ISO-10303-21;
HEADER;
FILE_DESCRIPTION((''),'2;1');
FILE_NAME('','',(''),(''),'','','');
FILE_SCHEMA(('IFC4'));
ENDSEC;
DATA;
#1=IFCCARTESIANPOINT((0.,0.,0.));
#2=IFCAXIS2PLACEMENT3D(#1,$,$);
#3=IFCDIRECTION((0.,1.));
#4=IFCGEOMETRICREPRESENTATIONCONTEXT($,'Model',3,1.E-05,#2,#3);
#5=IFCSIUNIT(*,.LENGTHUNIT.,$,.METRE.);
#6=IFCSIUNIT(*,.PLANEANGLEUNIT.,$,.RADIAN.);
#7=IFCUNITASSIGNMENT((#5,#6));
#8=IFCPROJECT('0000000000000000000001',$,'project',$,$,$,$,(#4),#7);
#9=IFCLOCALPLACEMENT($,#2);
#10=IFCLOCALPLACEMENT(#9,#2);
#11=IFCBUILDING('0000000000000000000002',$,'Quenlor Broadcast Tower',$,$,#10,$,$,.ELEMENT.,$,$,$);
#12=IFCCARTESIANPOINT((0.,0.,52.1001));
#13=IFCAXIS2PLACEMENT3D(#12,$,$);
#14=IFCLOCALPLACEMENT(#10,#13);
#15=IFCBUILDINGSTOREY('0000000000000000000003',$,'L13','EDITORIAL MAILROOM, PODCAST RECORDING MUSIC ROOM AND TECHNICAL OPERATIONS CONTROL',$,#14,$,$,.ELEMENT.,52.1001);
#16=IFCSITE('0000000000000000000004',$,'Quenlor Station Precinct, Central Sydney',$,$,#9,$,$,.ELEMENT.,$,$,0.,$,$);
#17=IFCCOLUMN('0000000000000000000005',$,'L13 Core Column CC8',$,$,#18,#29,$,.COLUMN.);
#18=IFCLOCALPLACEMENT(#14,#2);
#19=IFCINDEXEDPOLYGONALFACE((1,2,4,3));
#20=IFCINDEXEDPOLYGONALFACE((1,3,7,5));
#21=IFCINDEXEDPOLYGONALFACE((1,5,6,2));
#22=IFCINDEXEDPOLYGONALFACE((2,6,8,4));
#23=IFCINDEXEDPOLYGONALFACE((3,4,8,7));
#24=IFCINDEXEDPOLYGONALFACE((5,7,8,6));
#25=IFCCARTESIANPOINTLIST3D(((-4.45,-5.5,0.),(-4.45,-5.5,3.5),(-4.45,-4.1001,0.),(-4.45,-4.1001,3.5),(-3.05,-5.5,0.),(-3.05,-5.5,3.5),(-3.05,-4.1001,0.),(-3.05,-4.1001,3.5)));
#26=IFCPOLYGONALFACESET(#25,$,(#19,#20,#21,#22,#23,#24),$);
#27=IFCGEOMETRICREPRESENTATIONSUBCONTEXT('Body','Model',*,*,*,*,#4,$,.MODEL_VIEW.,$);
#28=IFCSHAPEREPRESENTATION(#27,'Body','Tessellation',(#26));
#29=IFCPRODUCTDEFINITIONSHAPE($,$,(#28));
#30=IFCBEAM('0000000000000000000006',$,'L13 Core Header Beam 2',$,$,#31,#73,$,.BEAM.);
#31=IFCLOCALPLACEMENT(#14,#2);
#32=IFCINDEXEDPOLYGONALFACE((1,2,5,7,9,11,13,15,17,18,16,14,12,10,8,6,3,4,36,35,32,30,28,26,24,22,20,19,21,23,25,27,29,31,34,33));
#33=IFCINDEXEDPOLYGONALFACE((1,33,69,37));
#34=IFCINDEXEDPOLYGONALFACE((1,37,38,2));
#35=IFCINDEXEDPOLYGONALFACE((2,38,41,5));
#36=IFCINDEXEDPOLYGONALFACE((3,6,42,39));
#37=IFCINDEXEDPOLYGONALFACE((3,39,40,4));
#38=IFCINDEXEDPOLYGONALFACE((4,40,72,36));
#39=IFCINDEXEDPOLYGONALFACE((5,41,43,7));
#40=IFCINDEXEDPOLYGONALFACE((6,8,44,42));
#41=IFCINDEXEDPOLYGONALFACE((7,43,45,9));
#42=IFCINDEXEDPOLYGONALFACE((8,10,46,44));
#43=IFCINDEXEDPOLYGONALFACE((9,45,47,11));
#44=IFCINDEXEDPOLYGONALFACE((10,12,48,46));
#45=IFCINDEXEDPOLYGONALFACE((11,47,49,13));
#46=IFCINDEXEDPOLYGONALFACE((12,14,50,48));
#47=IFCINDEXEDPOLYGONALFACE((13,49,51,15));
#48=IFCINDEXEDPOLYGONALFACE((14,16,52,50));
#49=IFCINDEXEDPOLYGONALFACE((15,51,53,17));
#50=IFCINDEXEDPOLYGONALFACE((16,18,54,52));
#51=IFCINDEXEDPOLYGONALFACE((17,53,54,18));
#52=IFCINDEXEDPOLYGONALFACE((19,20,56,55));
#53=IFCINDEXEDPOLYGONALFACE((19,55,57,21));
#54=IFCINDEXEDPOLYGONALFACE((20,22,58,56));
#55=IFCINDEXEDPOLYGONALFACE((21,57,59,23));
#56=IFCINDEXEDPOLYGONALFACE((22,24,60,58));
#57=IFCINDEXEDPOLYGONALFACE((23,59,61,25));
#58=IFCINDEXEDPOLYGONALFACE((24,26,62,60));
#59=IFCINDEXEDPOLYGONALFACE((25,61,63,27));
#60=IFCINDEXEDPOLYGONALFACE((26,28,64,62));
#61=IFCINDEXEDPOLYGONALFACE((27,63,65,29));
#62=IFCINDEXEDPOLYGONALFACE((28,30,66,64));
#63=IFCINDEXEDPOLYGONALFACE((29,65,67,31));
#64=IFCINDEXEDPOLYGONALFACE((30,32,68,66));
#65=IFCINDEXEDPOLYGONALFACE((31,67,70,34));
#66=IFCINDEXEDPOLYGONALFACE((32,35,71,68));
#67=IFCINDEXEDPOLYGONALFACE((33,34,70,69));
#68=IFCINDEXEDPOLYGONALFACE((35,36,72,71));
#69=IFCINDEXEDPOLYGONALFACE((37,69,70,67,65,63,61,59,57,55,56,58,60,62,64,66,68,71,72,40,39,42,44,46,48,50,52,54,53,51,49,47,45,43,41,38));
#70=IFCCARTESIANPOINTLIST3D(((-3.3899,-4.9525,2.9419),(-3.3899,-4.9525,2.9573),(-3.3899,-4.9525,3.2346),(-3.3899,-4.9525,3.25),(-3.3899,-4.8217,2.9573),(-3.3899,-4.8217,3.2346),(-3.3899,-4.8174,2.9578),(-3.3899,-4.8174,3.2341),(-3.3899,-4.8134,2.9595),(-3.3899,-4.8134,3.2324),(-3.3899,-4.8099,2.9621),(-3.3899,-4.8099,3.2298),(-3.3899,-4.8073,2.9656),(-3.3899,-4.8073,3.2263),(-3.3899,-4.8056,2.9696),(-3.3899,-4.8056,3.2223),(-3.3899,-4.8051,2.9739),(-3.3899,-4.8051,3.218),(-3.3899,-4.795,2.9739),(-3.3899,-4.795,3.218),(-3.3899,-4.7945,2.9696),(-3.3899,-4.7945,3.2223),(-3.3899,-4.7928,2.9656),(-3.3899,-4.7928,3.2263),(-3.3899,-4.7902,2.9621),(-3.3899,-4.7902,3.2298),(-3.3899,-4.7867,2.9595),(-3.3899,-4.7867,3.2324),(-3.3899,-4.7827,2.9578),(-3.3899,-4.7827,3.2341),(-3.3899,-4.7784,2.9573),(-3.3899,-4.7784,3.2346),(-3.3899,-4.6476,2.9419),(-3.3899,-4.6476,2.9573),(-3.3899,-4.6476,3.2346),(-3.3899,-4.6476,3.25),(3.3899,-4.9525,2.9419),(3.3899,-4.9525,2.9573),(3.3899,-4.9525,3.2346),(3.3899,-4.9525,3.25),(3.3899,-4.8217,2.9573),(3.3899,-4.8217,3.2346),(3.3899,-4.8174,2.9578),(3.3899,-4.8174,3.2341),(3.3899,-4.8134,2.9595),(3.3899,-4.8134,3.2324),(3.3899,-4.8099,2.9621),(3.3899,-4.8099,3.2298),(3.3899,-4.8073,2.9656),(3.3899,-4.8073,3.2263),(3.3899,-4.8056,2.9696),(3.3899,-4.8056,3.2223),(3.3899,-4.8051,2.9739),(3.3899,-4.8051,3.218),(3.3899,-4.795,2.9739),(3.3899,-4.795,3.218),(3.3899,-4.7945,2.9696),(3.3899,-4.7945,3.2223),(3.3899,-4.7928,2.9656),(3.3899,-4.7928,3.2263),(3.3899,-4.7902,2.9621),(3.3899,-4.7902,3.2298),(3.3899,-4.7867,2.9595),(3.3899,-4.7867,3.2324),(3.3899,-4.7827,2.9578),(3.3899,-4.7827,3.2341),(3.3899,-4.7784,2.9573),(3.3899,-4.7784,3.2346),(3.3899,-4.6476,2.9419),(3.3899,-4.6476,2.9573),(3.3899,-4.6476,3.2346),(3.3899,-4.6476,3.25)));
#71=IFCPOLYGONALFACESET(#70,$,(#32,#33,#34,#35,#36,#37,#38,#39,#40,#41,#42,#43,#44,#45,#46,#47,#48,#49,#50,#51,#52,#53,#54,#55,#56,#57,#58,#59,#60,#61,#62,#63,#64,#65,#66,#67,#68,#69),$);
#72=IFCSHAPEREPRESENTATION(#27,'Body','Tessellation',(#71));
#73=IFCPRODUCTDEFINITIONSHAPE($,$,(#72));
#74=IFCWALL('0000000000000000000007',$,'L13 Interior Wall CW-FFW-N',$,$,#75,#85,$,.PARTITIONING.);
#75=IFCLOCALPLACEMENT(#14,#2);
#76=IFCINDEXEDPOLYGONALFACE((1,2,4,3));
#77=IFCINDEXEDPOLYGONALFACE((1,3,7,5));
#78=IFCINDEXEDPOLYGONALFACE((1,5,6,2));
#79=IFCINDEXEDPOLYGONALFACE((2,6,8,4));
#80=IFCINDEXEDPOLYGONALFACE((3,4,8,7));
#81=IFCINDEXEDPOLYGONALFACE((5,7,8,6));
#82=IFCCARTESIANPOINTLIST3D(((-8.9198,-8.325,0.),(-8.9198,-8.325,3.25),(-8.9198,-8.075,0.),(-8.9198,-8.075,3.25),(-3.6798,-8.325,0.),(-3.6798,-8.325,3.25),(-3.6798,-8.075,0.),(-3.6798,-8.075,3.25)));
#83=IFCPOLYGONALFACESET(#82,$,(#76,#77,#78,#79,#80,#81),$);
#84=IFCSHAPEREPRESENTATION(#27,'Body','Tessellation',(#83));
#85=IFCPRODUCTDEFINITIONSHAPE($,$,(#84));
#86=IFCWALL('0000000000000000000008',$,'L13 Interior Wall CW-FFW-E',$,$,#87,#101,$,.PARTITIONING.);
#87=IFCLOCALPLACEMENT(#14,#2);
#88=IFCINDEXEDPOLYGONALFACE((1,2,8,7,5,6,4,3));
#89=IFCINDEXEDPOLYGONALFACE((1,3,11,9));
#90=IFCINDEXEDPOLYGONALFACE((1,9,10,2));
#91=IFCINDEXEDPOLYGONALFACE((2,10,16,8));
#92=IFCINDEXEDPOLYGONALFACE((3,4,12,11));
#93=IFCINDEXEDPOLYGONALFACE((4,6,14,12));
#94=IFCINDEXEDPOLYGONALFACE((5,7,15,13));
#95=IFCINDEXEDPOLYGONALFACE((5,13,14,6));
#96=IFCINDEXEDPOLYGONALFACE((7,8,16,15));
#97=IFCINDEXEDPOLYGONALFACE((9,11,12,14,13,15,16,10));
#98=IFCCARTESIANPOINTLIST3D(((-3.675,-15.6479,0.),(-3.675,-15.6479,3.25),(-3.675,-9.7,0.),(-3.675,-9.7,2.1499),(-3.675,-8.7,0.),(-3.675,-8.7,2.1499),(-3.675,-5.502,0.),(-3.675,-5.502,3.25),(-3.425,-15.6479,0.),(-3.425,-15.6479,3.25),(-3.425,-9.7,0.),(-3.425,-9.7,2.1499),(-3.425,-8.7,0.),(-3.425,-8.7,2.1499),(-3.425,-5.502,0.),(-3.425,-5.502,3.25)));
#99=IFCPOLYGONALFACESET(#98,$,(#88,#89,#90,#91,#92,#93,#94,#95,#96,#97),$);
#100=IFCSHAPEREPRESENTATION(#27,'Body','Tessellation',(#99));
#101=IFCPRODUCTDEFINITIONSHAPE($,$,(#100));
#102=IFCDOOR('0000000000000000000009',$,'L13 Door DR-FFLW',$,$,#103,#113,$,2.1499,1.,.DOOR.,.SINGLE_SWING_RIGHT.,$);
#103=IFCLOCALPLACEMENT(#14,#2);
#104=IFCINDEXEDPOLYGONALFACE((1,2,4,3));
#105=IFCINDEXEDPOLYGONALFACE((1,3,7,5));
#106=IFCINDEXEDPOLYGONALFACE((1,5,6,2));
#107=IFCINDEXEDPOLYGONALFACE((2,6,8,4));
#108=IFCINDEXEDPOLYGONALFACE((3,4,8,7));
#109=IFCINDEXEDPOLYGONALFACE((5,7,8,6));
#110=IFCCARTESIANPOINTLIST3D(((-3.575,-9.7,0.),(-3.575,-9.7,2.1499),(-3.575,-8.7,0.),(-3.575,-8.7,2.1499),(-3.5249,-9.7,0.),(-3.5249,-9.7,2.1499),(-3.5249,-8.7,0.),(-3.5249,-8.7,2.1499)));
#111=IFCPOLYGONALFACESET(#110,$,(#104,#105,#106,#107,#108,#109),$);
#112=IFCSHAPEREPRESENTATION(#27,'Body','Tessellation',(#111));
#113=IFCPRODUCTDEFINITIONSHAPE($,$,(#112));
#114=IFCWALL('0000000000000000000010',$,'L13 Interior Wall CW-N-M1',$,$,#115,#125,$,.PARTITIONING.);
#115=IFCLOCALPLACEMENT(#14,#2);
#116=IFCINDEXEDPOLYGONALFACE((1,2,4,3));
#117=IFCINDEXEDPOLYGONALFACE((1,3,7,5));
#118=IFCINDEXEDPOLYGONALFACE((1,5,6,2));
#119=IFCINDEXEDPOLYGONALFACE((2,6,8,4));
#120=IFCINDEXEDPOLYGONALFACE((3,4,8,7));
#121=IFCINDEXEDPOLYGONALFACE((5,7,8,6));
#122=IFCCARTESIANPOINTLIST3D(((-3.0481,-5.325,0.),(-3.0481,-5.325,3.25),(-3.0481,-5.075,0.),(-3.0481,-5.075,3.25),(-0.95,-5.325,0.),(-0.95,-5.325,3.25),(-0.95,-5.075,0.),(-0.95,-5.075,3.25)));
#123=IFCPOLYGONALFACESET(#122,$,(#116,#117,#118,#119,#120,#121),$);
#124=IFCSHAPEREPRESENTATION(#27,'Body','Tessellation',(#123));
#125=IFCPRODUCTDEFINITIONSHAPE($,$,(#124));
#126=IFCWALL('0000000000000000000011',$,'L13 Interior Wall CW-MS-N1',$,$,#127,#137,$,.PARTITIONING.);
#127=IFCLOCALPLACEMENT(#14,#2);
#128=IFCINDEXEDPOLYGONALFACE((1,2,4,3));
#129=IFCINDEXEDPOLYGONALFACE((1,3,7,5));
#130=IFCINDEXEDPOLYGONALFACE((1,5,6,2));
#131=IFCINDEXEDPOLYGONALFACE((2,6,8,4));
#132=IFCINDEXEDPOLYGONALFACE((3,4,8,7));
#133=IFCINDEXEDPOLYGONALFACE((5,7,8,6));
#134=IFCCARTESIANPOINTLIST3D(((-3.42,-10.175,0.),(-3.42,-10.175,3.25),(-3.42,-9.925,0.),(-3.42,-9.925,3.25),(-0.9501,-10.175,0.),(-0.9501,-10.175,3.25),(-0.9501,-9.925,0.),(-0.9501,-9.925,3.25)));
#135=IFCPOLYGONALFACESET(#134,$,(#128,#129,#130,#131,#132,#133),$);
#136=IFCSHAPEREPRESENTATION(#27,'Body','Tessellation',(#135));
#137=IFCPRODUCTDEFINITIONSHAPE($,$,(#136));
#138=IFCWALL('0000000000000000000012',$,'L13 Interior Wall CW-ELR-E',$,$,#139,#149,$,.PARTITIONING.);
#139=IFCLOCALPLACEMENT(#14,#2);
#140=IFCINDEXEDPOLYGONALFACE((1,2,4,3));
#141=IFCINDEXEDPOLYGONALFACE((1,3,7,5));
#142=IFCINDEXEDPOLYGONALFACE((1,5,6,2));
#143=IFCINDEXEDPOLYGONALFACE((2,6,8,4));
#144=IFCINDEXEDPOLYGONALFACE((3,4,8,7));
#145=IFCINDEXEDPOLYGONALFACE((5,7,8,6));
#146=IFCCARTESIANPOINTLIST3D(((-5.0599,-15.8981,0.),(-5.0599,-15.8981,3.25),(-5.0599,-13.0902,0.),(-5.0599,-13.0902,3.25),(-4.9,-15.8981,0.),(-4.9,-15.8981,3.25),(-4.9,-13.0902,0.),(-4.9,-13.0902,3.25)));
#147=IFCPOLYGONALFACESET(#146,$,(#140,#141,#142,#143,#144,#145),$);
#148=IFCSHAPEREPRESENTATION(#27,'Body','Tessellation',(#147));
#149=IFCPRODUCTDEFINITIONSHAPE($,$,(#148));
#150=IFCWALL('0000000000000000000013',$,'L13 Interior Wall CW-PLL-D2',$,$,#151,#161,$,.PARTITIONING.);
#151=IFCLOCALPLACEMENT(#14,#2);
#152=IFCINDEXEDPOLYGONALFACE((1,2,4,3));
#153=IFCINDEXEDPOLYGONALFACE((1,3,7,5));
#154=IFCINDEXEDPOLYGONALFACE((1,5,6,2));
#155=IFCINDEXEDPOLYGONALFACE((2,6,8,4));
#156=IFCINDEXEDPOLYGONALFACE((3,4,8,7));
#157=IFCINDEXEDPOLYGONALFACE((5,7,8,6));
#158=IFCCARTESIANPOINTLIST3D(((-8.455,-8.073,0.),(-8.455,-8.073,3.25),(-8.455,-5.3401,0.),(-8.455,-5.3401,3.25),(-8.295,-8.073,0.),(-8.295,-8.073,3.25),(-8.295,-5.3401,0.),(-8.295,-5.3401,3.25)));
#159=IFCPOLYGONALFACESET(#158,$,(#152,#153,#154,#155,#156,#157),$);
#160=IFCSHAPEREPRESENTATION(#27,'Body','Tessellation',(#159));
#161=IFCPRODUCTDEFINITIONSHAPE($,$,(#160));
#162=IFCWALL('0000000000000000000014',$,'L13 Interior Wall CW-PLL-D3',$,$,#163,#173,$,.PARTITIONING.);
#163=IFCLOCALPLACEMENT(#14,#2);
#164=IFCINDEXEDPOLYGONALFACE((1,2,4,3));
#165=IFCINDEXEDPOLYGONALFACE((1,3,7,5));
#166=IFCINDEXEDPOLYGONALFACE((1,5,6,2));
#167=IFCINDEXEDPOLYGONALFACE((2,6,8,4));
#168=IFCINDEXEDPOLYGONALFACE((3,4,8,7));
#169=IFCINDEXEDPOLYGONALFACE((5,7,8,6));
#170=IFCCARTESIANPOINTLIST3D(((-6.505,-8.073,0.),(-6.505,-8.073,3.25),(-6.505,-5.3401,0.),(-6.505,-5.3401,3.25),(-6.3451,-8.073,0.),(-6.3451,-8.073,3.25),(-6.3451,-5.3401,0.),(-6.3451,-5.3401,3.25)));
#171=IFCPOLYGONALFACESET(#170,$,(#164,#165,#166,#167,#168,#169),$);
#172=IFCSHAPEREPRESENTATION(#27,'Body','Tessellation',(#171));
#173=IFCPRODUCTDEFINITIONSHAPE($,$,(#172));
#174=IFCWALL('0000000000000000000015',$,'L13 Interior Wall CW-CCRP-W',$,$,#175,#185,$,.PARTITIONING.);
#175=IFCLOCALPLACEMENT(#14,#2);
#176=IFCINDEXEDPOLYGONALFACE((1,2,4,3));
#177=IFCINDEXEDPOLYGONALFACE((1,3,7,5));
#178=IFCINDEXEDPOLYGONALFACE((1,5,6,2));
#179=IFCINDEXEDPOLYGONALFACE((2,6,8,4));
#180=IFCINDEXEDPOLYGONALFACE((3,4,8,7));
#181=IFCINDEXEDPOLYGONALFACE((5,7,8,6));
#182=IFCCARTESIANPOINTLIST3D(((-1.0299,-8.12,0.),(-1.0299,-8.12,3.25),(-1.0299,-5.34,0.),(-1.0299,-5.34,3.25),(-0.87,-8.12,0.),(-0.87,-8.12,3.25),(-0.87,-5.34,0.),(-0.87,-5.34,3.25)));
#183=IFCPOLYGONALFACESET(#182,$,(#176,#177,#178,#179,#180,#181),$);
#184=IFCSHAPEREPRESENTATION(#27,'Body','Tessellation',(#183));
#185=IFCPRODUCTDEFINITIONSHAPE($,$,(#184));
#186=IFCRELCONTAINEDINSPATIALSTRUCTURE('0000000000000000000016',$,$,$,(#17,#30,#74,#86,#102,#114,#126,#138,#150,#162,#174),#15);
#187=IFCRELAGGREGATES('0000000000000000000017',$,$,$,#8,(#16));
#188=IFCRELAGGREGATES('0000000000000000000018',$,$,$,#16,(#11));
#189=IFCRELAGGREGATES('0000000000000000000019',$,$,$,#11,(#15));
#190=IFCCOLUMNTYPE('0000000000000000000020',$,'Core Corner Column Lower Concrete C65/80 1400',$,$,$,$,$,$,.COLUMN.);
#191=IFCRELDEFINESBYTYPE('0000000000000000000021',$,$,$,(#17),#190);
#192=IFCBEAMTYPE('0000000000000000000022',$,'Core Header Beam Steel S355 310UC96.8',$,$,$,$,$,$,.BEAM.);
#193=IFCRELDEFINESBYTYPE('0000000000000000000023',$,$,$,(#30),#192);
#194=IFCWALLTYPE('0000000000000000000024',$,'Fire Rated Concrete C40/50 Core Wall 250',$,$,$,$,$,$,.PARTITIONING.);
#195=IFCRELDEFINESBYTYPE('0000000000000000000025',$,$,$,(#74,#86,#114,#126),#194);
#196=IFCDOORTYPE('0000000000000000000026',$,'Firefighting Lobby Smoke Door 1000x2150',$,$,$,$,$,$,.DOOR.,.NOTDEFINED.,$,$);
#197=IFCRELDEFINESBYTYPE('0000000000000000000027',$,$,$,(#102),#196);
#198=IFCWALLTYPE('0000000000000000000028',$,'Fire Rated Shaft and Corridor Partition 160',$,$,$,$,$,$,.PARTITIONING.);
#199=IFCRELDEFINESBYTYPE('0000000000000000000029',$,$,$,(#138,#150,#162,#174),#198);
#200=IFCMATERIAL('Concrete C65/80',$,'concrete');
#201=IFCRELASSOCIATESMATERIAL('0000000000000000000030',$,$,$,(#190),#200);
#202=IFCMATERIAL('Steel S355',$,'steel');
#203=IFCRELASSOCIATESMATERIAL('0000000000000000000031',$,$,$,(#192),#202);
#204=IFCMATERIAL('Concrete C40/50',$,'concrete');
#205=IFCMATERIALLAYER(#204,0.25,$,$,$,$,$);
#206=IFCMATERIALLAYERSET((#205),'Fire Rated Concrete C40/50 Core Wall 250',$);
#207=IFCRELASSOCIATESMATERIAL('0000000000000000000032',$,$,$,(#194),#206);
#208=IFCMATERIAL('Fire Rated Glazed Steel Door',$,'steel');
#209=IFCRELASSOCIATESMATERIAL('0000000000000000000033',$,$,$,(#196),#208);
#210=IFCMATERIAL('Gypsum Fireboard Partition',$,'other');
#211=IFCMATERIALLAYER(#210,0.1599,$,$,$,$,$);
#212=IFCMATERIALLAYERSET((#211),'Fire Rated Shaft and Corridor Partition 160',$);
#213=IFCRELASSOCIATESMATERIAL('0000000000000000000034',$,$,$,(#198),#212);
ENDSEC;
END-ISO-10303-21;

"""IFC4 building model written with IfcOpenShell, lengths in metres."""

from ifc_helpers import new_model, si_unit, direction, frame, frame_2d, origin, origin_2d, place, context, subcontext, project, spatial, rectangle, i_section, extrude, material, layer, layer_set, material_profile, profile_set, type_object, element, fill, save


model = new_model("IFC4")

# Units and contexts
model_context = context("Model", 3, precision=1e-05, world=origin(), true_north=direction((0.0, 1.0)))
body_context = subcontext(model_context, "Body", "Model", "MODEL_VIEW")
ifc_project = project(units=[si_unit("LENGTHUNIT", "METRE"), si_unit("PLANEANGLEUNIT", "RADIAN")], contexts=[model_context])

# Site, building, storey
site_placement = place(None, origin())
site = spatial("IfcSite", under=ifc_project, at=site_placement, Name="Quenlor Station Precinct, Central Sydney", CompositionType="ELEMENT", RefElevation=0.0)
building_placement = place(site_placement, origin())
building = spatial("IfcBuilding", under=site, at=building_placement, Name="Quenlor Broadcast Tower", CompositionType="ELEMENT")
storey_placement = place(building_placement, frame((0.0, 0.0, 52.1001)))
storey = spatial("IfcBuildingStorey", under=building, at=storey_placement, Name="L13", Description="EDITORIAL MAILROOM, PODCAST RECORDING MUSIC ROOM AND TECHNICAL OPERATIONS CONTROL", CompositionType="ELEMENT", Elevation=52.1001)

# Column
ifc_material_1 = material(Name="Concrete C65/80", Category="concrete")
ifc_material_profile_1 = material_profile(ifc_material_1, rectangle(XDim=1.3999, YDim=1.3999, at=origin_2d()))
ifc_profile_set_1 = profile_set([ifc_material_profile_1], Name="Concrete C65/80 RC1400x1400")
column_type = type_object("IfcColumnType", Name="Core Corner Column Lower Concrete C65/80 1400", PredefinedType="COLUMN", material=ifc_profile_set_1)
column_placement = place(storey_placement, frame((-3.75, -4.8, 0.0), z_axis=(0.0, 0.0, 1.0), x_axis=(1.0, 0.0, 0.0)))
element("IfcColumn", 1, at=column_placement, inside=storey, type_object=column_type, Name="L13 Core Column CC8", PredefinedType="COLUMN", context=body_context, shape_type="SweptSolid", body=[
    extrude(rectangle(XDim=1.3999, YDim=1.3999, at=origin_2d()), origin(), (0.0, 0.0, 1.0), 3.5),
])

# Beam
ifc_material_2 = material(Name="Steel S355", Category="steel")
ifc_material_profile_2 = material_profile(ifc_material_2, i_section(OverallWidth=0.3049, OverallDepth=0.3081, WebThickness=0.01, FlangeThickness=0.0154, FilletRadius=0.0166, at=origin_2d()))
ifc_profile_set_2 = profile_set([ifc_material_profile_2], Name="Steel S355 310UC96.8")
beam_type = type_object("IfcBeamType", Name="Core Header Beam Steel S355 310UC96.8", PredefinedType="BEAM", material=ifc_profile_set_2)
beam_placement = place(storey_placement, frame((-3.3899, -4.8, 3.0959), z_axis=(1.0, 0.0, 0.0), x_axis=(0.0, 1.0, 0.0)))
element("IfcBeam", 2, at=beam_placement, inside=storey, type_object=beam_type, Name="L13 Core Header Beam 2", PredefinedType="BEAM", context=body_context, shape_type="SweptSolid", body=[
    extrude(i_section(OverallWidth=0.3049, OverallDepth=0.3081, WebThickness=0.01, FlangeThickness=0.0154, FilletRadius=0.0166, at=origin_2d()), origin(), (0.0, 0.0, 1.0), 6.7798),
])

# Shared definitions
ifc_material_3 = material(Name="Concrete C40/50", Category="concrete")
ifc_layer_1 = layer(ifc_material_3, 0.25)
ifc_layer_set_1 = layer_set([ifc_layer_1], Name="Fire Rated Concrete C40/50 Core Wall 250")
wall_type_1 = type_object("IfcWallType", Name="Fire Rated Concrete C40/50 Core Wall 250", PredefinedType="PARTITIONING", material=ifc_layer_set_1)

# Wall
wall_1_placement = place(storey_placement, frame((-8.9199, -8.2, 0.0), z_axis=(0.0, 0.0, 1.0), x_axis=(1.0, 0.0, 0.0)))
element("IfcWall", 3, at=wall_1_placement, inside=storey, type_object=wall_type_1, Name="L13 Interior Wall CW-FFW-N", PredefinedType="PARTITIONING", context=body_context, shape_type="SweptSolid", body=[
    extrude(rectangle(XDim=5.24, YDim=0.25, at=frame_2d((2.6201, 0.0))), origin(), (0.0, 0.0, 1.0), 3.25),
])

# Wall, opening, door
wall_2_placement = place(storey_placement, frame((-3.55, -15.6479, 0.0), z_axis=(0.0, 0.0, 1.0), x_axis=(0.0, 1.0, 0.0)))
wall_2 = element("IfcWall", 4, at=wall_2_placement, inside=storey, type_object=wall_type_1, Name="L13 Interior Wall CW-FFW-E", PredefinedType="PARTITIONING", context=body_context, shape_type="SweptSolid", body=[
    extrude(rectangle(XDim=10.146, YDim=0.25, at=frame_2d((5.073, 0.0))), origin(), (0.0, 0.0, 1.0), 3.25),
])
opening_1_placement = place(wall_2_placement, frame((5.948, 0.0, 0.0)))
opening_1 = element("IfcOpeningElement", 5, at=opening_1_placement, cuts=wall_2, PredefinedType="OPENING", context=body_context, shape_type="SweptSolid", body=[
    extrude(rectangle(XDim=1.0, YDim=2.1499, at=frame_2d((0.5, 1.075))), frame((0.0, 0.135, 0.0), z_axis=(0.0, -1.0, 0.0), x_axis=(1.0, 0.0, 0.0)), (0.0, 0.0, 1.0), 0.27),
])
ifc_material_4 = material(Name="Fire Rated Glazed Steel Door", Category="steel")
door_type_1 = type_object("IfcDoorType", Name="Firefighting Lobby Smoke Door 1000x2150", OperationType="NOTDEFINED", PredefinedType="DOOR", material=ifc_material_4)
door_1_placement = place(opening_1_placement, origin())
door_1 = element("IfcDoor", 6, at=door_1_placement, inside=storey, type_object=door_type_1, Name="L13 Door DR-FFLW", OperationType="SINGLE_SWING_RIGHT", OverallHeight=2.1499, OverallWidth=1.0, PredefinedType="DOOR", context=body_context, shape_type="SweptSolid", body=[
    extrude(rectangle(XDim=1.0, YDim=2.1499, at=frame_2d((0.5, 1.075))), frame((0.0, 0.0249, 0.0), z_axis=(0.0, -1.0, 0.0), x_axis=(1.0, 0.0, 0.0)), (0.0, 0.0, 1.0), 0.05),
])
fill(opening_1, door_1)

# Walls
wall_3_placement = place(storey_placement, frame((-3.0481, -5.2, 0.0), z_axis=(0.0, 0.0, 1.0), x_axis=(1.0, 0.0, 0.0)))
element("IfcWall", 7, at=wall_3_placement, inside=storey, type_object=wall_type_1, Name="L13 Interior Wall CW-N-M1", PredefinedType="PARTITIONING", context=body_context, shape_type="SweptSolid", body=[
    extrude(rectangle(XDim=2.0981, YDim=0.25, at=frame_2d((1.0491, 0.0))), origin(), (0.0, 0.0, 1.0), 3.25),
])
wall_4_placement = place(storey_placement, frame((-3.4199, -10.05, 0.0), z_axis=(0.0, 0.0, 1.0), x_axis=(1.0, 0.0, 0.0)))
element("IfcWall", 8, at=wall_4_placement, inside=storey, type_object=wall_type_1, Name="L13 Interior Wall CW-MS-N1", PredefinedType="PARTITIONING", context=body_context, shape_type="SweptSolid", body=[
    extrude(rectangle(XDim=2.47, YDim=0.25, at=frame_2d((1.2349, 0.0))), origin(), (0.0, 0.0, 1.0), 3.25),
])
ifc_material_5 = material(Name="Gypsum Fireboard Partition", Category="other")
ifc_layer_2 = layer(ifc_material_5, 0.1599)
ifc_layer_set_2 = layer_set([ifc_layer_2], Name="Fire Rated Shaft and Corridor Partition 160")
wall_type_2 = type_object("IfcWallType", Name="Fire Rated Shaft and Corridor Partition 160", PredefinedType="PARTITIONING", material=ifc_layer_set_2)
wall_5_placement = place(storey_placement, frame((-4.98, -15.8979, 0.0), z_axis=(0.0, 0.0, 1.0), x_axis=(0.0, 1.0, 0.0)))
element("IfcWall", 9, at=wall_5_placement, inside=storey, type_object=wall_type_2, Name="L13 Interior Wall CW-ELR-E", PredefinedType="PARTITIONING", context=body_context, shape_type="SweptSolid", body=[
    extrude(rectangle(XDim=2.8079, YDim=0.1599, at=frame_2d((1.4038, 0.0))), origin(), (0.0, 0.0, 1.0), 3.25),
])
for number, where, z_axis, x_axis, name in (
    (10, (-8.375, -8.073, 0.0), (0.0, 0.0, 1.0), (0.0, 1.0, 0.0), "L13 Interior Wall CW-PLL-D2"),
    (11, (-6.425, -8.073, 0.0), (0.0, 0.0, 1.0), (0.0, 1.0, 0.0), "L13 Interior Wall CW-PLL-D3"),
):
    element("IfcWall", number, at=place(storey_placement, frame(where, z_axis=z_axis, x_axis=x_axis)), inside=storey, type_object=wall_type_2, Name=name, PredefinedType="PARTITIONING", context=body_context, shape_type="SweptSolid", body=[
        extrude(rectangle(XDim=2.7329, YDim=0.1599, at=frame_2d((1.3665, 0.0))), origin(), (0.0, 0.0, 1.0), 3.25),
    ])
wall_6_placement = place(storey_placement, frame((-0.95, -8.1201, 0.0), z_axis=(0.0, 0.0, 1.0), x_axis=(0.0, 1.0, 0.0)))
element("IfcWall", 12, at=wall_6_placement, inside=storey, type_object=wall_type_2, Name="L13 Interior Wall CW-CCRP-W", PredefinedType="PARTITIONING", context=body_context, shape_type="SweptSolid", body=[
    extrude(rectangle(XDim=2.78, YDim=0.1599, at=frame_2d((1.3901, 0.0))), origin(), (0.0, 0.0, 1.0), 3.25),
])

save(model, "model.ifc")
